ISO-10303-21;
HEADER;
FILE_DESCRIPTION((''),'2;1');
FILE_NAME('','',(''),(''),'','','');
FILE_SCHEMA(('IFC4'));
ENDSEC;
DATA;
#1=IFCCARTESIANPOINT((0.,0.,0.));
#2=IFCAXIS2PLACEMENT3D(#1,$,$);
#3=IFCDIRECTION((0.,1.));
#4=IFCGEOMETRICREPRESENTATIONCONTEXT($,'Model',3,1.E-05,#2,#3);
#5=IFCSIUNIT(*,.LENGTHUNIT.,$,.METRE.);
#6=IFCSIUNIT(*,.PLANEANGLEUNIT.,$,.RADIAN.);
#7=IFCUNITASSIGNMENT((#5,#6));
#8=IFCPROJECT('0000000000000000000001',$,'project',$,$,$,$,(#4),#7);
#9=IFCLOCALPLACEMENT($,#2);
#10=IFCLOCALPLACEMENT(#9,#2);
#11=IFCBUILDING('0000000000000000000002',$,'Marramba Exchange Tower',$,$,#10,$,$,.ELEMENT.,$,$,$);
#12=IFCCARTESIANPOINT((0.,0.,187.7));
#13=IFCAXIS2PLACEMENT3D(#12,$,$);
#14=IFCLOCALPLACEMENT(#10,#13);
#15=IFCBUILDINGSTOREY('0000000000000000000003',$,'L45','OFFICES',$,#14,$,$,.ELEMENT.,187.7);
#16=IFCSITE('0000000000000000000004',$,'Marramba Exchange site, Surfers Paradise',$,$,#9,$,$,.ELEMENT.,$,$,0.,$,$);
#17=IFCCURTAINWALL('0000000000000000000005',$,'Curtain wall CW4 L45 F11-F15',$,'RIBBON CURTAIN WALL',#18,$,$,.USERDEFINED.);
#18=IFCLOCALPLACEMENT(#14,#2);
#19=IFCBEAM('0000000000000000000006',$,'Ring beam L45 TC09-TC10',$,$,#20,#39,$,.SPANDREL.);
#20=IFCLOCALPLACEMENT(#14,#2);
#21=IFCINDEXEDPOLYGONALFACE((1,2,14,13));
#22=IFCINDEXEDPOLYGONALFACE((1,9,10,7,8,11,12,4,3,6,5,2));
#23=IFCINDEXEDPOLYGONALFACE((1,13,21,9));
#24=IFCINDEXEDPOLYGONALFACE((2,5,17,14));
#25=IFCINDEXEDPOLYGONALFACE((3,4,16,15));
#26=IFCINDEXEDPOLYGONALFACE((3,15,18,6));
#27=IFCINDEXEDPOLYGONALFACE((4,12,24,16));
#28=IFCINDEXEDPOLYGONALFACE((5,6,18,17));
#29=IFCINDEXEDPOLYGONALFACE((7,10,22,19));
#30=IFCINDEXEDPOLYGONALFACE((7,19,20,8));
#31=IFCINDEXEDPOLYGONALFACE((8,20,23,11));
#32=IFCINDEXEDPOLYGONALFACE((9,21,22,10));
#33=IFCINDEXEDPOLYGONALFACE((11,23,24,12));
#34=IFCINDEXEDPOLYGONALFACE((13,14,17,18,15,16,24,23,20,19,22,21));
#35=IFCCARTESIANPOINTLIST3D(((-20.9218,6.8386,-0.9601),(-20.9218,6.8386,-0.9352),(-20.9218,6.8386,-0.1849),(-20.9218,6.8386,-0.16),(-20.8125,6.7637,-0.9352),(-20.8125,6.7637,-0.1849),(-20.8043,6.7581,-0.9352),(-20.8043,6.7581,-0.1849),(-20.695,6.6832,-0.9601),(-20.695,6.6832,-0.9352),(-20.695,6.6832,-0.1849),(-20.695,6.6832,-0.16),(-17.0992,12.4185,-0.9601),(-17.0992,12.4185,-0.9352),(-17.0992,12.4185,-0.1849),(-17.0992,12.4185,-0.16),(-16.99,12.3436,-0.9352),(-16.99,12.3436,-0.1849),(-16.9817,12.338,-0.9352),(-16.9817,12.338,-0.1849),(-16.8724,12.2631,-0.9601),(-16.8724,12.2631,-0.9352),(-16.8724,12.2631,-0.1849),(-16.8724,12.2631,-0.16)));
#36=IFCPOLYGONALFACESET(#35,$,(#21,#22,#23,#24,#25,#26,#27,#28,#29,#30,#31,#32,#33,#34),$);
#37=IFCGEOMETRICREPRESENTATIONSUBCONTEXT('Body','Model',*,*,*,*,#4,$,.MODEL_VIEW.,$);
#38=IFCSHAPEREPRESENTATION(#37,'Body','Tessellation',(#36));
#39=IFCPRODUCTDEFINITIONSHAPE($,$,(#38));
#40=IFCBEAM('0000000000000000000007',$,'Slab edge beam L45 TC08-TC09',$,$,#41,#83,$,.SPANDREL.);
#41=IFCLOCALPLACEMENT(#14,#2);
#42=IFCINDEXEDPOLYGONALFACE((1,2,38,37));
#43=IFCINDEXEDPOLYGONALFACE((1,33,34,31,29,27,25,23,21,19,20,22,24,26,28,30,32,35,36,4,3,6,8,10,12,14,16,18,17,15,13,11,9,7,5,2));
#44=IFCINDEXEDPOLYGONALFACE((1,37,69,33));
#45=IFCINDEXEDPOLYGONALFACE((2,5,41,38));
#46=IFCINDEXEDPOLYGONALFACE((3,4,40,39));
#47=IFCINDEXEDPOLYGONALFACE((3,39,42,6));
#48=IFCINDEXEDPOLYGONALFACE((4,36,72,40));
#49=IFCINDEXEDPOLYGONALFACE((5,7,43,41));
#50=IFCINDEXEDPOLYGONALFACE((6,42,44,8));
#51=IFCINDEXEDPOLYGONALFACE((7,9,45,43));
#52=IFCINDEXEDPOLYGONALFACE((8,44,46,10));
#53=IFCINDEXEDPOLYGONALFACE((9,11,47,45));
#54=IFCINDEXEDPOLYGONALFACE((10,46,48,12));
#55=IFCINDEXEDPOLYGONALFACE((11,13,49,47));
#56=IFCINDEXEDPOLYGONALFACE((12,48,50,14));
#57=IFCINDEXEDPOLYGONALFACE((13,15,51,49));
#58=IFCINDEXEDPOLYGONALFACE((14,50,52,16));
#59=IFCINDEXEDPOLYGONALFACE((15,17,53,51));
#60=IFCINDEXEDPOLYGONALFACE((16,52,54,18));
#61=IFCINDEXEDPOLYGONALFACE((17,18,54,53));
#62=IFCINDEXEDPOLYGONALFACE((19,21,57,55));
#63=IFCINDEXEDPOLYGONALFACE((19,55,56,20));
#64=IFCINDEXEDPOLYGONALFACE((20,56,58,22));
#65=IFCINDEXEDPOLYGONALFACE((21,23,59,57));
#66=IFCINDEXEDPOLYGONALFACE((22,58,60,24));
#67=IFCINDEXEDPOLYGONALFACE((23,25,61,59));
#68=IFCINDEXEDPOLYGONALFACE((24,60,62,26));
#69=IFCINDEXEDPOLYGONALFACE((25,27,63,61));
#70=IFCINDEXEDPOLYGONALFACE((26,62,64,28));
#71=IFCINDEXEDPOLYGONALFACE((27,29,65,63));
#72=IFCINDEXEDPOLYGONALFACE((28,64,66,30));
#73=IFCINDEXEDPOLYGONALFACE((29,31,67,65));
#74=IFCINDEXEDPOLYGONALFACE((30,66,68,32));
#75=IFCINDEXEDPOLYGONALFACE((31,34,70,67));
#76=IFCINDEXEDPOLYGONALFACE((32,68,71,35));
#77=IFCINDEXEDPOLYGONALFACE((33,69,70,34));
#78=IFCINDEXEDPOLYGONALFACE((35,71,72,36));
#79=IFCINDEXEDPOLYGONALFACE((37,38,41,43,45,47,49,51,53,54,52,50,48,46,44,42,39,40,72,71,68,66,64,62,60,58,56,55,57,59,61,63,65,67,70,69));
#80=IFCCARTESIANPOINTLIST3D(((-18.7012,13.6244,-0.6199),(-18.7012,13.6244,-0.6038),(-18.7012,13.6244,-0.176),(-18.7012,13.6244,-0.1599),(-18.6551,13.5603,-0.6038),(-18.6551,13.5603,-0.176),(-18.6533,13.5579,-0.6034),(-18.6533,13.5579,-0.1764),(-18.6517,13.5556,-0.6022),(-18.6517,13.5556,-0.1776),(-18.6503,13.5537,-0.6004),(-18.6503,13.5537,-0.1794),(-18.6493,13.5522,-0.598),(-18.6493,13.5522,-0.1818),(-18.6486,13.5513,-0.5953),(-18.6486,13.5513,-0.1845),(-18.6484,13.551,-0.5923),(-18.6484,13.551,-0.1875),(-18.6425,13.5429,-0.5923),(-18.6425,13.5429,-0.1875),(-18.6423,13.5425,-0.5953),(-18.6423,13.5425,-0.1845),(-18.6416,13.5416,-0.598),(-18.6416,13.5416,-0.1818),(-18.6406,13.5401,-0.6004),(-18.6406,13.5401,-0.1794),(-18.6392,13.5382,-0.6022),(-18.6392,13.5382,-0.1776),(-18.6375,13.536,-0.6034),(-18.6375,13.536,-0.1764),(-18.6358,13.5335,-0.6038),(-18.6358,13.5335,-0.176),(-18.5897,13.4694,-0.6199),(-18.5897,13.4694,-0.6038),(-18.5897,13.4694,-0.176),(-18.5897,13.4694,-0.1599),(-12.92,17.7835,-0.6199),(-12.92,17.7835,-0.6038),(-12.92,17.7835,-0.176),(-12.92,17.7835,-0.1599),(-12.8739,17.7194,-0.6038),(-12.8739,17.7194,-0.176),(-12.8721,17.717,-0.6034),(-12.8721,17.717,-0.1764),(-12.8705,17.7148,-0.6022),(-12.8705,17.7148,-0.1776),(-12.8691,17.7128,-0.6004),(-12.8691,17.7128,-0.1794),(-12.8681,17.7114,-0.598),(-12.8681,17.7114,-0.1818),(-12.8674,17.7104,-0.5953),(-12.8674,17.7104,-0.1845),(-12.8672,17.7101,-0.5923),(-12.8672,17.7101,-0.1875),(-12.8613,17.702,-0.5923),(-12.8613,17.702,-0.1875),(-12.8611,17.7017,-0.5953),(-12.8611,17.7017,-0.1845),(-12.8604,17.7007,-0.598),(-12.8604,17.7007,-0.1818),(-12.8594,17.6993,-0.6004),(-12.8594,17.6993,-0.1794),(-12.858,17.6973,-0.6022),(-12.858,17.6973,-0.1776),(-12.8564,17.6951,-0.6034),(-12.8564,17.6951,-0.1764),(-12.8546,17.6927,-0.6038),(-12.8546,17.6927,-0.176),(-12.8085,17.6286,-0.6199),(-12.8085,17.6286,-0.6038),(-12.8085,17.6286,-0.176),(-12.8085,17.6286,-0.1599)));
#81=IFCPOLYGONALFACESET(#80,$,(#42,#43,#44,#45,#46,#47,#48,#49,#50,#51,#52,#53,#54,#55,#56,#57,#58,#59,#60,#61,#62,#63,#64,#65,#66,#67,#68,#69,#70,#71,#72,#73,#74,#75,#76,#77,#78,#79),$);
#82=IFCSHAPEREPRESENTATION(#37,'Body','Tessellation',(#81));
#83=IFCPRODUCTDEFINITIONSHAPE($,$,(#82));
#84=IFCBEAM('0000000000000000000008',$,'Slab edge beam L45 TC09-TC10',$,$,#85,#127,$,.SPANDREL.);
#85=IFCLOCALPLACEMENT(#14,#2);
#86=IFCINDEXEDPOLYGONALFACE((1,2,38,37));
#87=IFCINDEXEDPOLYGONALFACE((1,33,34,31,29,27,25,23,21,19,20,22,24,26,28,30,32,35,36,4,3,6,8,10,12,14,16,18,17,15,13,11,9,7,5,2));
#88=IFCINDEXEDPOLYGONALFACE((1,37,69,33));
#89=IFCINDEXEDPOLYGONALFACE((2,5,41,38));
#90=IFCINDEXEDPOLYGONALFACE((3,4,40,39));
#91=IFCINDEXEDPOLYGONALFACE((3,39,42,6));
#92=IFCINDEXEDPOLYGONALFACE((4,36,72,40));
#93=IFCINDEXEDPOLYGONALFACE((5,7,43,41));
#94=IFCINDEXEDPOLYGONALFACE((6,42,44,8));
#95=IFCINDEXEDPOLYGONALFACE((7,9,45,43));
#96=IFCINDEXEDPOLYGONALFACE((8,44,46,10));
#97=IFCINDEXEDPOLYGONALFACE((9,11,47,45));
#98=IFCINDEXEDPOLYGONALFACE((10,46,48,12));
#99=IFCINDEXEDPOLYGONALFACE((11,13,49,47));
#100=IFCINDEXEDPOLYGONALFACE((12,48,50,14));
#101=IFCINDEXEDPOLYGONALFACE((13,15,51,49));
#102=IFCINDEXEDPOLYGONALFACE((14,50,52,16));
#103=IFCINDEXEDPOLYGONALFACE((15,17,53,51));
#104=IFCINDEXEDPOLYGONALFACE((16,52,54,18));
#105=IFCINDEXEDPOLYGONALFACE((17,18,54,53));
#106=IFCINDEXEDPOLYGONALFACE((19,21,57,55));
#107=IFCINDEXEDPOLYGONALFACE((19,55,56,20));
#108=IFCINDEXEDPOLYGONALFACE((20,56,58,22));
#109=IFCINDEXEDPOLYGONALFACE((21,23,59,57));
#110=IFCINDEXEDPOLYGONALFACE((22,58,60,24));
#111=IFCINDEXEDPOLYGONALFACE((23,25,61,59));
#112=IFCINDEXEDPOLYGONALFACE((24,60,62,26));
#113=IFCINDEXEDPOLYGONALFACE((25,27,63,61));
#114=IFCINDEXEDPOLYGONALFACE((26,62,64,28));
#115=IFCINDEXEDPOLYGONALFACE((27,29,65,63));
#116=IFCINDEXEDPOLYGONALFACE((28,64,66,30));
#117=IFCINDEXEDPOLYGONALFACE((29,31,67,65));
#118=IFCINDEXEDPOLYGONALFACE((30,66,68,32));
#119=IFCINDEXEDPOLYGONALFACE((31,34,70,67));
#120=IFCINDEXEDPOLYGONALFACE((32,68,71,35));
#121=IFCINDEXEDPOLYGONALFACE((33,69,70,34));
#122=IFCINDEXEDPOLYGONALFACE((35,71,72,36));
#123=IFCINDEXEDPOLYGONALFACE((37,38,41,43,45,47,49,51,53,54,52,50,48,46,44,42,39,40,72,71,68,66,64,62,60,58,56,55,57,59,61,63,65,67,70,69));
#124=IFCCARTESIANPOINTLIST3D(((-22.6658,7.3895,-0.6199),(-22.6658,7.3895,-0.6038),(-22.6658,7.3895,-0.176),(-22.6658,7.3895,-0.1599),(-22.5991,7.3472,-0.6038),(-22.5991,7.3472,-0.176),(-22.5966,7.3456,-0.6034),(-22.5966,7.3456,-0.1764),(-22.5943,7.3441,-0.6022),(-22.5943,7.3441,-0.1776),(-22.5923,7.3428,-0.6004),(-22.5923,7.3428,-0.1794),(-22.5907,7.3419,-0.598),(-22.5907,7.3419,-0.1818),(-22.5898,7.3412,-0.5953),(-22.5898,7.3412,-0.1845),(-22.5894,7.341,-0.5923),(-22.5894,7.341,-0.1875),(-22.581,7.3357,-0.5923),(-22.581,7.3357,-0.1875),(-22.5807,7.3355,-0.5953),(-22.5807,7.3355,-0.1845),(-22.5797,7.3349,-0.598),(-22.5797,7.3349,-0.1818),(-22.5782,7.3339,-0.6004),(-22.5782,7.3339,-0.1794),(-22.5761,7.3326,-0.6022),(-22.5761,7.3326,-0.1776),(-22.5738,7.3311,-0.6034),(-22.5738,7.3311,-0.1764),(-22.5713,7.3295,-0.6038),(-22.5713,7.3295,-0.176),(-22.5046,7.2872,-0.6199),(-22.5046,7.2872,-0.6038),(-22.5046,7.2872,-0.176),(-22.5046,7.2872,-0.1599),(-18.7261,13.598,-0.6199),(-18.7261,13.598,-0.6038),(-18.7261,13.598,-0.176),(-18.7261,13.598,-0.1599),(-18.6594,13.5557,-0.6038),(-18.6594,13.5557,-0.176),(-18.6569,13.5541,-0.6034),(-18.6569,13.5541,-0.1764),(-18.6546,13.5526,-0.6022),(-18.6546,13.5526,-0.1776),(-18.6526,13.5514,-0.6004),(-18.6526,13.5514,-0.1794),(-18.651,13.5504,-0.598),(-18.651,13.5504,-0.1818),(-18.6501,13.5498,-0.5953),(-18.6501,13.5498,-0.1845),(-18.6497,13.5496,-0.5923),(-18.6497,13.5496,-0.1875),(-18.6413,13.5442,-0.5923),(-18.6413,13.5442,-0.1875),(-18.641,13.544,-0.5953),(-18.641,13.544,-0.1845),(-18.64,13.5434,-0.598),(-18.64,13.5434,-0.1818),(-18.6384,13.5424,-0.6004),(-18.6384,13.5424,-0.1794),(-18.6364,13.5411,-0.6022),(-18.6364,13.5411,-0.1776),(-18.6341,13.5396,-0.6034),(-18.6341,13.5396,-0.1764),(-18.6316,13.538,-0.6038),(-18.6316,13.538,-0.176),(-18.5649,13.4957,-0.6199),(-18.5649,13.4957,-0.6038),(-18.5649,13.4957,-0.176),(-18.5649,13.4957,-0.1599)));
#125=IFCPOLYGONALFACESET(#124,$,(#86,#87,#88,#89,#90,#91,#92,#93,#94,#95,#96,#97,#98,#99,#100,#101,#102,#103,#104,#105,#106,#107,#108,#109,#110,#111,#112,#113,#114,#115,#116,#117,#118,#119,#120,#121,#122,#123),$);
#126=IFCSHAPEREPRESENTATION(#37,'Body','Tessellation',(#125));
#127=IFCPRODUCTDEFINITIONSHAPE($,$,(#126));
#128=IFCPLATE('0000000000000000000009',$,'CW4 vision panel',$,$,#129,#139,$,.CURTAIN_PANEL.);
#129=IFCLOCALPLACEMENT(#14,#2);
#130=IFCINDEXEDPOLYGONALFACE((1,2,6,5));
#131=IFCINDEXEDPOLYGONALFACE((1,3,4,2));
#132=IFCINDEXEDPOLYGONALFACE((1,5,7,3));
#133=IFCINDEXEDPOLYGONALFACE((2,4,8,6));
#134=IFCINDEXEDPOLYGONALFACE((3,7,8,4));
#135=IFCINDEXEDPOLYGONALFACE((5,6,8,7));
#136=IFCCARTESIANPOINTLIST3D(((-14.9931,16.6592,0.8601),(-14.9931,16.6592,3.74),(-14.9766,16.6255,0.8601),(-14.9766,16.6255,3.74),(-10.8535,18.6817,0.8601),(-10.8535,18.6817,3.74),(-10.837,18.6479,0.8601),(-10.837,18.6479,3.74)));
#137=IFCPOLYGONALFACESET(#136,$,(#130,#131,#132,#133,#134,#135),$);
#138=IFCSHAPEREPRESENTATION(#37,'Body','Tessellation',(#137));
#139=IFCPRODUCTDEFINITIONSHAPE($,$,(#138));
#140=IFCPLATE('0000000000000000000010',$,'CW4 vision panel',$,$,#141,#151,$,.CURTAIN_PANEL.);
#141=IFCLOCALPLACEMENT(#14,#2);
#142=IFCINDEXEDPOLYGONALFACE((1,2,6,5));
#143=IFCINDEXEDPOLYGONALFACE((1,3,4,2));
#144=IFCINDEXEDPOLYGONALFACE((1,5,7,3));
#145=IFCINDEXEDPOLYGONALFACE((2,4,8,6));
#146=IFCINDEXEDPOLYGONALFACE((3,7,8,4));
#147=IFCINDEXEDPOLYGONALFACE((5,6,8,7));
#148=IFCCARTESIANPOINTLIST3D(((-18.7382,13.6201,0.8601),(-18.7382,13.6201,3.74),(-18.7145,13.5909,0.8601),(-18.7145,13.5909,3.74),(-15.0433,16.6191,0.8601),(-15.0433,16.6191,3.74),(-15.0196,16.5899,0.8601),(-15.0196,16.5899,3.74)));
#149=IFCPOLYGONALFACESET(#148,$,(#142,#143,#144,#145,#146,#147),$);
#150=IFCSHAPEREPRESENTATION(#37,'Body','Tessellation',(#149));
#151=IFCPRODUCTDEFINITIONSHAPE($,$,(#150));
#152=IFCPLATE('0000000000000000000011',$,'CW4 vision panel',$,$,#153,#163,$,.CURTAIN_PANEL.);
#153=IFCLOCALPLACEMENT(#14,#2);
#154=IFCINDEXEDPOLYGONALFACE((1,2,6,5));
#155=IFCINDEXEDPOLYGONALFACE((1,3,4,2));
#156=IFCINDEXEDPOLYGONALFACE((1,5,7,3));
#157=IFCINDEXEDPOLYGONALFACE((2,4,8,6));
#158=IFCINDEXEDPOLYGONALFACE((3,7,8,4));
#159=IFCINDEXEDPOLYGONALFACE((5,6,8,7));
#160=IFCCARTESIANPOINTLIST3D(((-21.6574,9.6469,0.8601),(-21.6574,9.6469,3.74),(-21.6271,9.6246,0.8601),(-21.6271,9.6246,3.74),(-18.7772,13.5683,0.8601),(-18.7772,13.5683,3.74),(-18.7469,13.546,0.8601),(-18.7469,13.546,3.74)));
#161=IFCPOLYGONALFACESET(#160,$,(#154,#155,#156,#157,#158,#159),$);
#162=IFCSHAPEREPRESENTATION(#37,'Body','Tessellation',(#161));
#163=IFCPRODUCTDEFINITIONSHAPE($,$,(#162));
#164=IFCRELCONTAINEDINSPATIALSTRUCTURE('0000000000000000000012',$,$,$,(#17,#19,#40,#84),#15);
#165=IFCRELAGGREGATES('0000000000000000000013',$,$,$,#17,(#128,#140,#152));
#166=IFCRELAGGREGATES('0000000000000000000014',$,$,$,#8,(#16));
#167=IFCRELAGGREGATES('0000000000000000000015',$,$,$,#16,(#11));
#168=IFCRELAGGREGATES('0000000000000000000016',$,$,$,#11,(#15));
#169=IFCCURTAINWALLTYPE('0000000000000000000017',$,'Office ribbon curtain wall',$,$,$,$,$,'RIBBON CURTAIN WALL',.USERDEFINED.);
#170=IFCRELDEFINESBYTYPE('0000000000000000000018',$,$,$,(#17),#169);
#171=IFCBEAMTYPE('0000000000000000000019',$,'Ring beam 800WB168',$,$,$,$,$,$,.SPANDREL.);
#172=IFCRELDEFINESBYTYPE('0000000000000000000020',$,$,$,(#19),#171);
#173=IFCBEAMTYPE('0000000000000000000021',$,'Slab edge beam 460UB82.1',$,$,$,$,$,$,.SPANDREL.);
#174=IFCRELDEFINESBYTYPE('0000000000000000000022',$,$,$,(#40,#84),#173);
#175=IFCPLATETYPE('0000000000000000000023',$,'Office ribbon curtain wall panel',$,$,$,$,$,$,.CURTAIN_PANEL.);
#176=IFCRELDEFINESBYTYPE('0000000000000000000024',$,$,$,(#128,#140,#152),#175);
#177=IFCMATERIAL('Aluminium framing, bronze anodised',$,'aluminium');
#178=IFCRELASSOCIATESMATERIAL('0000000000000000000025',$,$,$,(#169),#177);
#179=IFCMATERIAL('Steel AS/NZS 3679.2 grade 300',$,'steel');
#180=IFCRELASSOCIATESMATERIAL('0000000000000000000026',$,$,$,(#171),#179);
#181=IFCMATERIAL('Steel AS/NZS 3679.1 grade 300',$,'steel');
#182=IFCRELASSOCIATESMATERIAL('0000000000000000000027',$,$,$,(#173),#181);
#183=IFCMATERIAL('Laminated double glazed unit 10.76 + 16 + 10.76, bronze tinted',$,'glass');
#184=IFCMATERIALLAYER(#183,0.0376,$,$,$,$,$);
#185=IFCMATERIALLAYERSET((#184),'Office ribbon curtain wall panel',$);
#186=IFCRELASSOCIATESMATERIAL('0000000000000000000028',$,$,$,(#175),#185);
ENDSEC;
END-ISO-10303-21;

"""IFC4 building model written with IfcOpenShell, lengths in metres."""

from ifc_helpers import new_model, si_unit, direction, frame, origin, origin_2d, place, context, subcontext, project, spatial, rectangle, i_section, extrude, material, layer, layer_set, material_profile, profile_set, type_object, element, aggregate, save


model = new_model("IFC4")

# Units and contexts
model_context = context("Model", 3, precision=1e-05, world=origin(), true_north=direction((0.0, 1.0)))
body_context = subcontext(model_context, "Body", "Model", "MODEL_VIEW")
ifc_project = project(units=[si_unit("LENGTHUNIT", "METRE"), si_unit("PLANEANGLEUNIT", "RADIAN")], contexts=[model_context])

# Site, building, storey
site_placement = place(None, origin())
site = spatial("IfcSite", under=ifc_project, at=site_placement, Name="Marramba Exchange site, Surfers Paradise", CompositionType="ELEMENT", RefElevation=0.0)
building_placement = place(site_placement, origin())
building = spatial("IfcBuilding", under=site, at=building_placement, Name="Marramba Exchange Tower", CompositionType="ELEMENT")
storey_placement = place(building_placement, frame((0.0, 0.0, 187.7)))
storey = spatial("IfcBuildingStorey", under=building, at=storey_placement, Name="L45", Description="OFFICES", CompositionType="ELEMENT", Elevation=187.7)

# Shared definitions
ifc_material_1 = material(Name="Steel AS/NZS 3679.2 grade 300", Category="steel")
ifc_material_2 = material(Name="Steel AS/NZS 3679.1 grade 300", Category="steel")

# Curtain wall
ifc_material_3 = material(Name="Aluminium framing, bronze anodised", Category="aluminium")
curtain_wall_type = type_object("IfcCurtainWallType", Name="Office ribbon curtain wall", ElementType="RIBBON CURTAIN WALL", PredefinedType="USERDEFINED", material=ifc_material_3)
curtain_wall_placement = place(storey_placement, origin())
curtain_wall = element("IfcCurtainWall", 1, at=curtain_wall_placement, inside=storey, type_object=curtain_wall_type, Name="Curtain wall CW4 L45 F11-F15", ObjectType="RIBBON CURTAIN WALL", PredefinedType="USERDEFINED")

# Beams
ifc_material_profile_1 = material_profile(ifc_material_1, i_section(OverallWidth=0.2749, OverallDepth=0.8, WebThickness=0.01, FlangeThickness=0.0249, at=origin_2d()), Name="800WB168")
ifc_profile_set_1 = profile_set([ifc_material_profile_1], Name="Steel AS/NZS 3679.2 grade 300")
beam_type_1 = type_object("IfcBeamType", Name="Ring beam 800WB168", PredefinedType="SPANDREL", material=ifc_profile_set_1)
beam_1_placement = place(storey_placement, frame((-16.9858, 12.3408, -0.5601), z_axis=(-0.56516, -0.824981, 0.0), x_axis=(0.824981, -0.56516, 0.0)))
element("IfcBeam", 2, at=beam_1_placement, inside=storey, type_object=beam_type_1, Name="Ring beam L45 TC09-TC10", PredefinedType="SPANDREL", context=body_context, shape_type="SweptSolid", body=[
    extrude(i_section(OverallWidth=0.2749, OverallDepth=0.8, WebThickness=0.01, FlangeThickness=0.0249, at=origin_2d()), origin(), (0.0, 0.0, 1.0), 6.7637),
])
ifc_material_profile_2 = material_profile(ifc_material_2, i_section(OverallWidth=0.1909, OverallDepth=0.46, WebThickness=0.01, FlangeThickness=0.0161, FilletRadius=0.0115, at=origin_2d()), Name="460UB82.1")
ifc_profile_set_2 = profile_set([ifc_material_profile_2], Name="Steel AS/NZS 3679.1 grade 300")
beam_type_2 = type_object("IfcBeamType", Name="Slab edge beam 460UB82.1", PredefinedType="SPANDREL", material=ifc_profile_set_2)
beam_2_placement = place(storey_placement, frame((-12.8643, 17.7061, -0.3899), z_axis=(-0.811755, -0.583998, 0.0), x_axis=(0.583998, -0.811755, 0.0)))
element("IfcBeam", 3, at=beam_2_placement, inside=storey, type_object=beam_type_2, Name="Slab edge beam L45 TC08-TC09", PredefinedType="SPANDREL", context=body_context, shape_type="SweptSolid", body=[
    extrude(i_section(OverallWidth=0.1909, OverallDepth=0.46, WebThickness=0.01, FlangeThickness=0.0161, FilletRadius=0.0115, at=origin_2d()), origin(), (0.0, 0.0, 1.0), 7.1218),
])
beam_3_placement = place(storey_placement, frame((-18.6455, 13.5469, -0.3899), z_axis=(-0.535794, -0.844348, 0.0), x_axis=(0.844348, -0.535794, 0.0)))
element("IfcBeam", 4, at=beam_3_placement, inside=storey, type_object=beam_type_2, Name="Slab edge beam L45 TC09-TC10", PredefinedType="SPANDREL", context=body_context, shape_type="SweptSolid", body=[
    extrude(i_section(OverallWidth=0.1909, OverallDepth=0.46, WebThickness=0.01, FlangeThickness=0.0161, FilletRadius=0.0115, at=origin_2d()), origin(), (0.0, 0.0, 1.0), 7.353),
])

# Plates
ifc_material_4 = material(Name="Laminated double glazed unit 10.76 + 16 + 10.76, bronze tinted", Category="glass")
ifc_layer_1 = layer(ifc_material_4, 0.0376)
ifc_layer_set_1 = layer_set([ifc_layer_1], Name="Office ribbon curtain wall panel")
plate_type = type_object("IfcPlateType", Name="Office ribbon curtain wall panel", PredefinedType="CURTAIN_PANEL", material=ifc_layer_set_1)
plate_1_placement = place(storey_placement, frame((-12.915, 17.6536, 0.8601), z_axis=(0.0, 0.0, 1.0), x_axis=(-0.898501, -0.438972, 0.0)))
plate_1 = element("IfcPlate", 5, at=plate_1_placement, type_object=plate_type, Name="CW4 vision panel", PredefinedType="CURTAIN_PANEL", context=body_context, shape_type="SweptSolid", body=[
    extrude(rectangle(XDim=4.6072, YDim=0.0376, at=origin_2d()), origin(), (0.0, 0.0, 1.0), 2.8799),
])
plate_2_placement = place(storey_placement, frame((-16.8789, 15.105, 0.8601), z_axis=(0.0, 0.0, 1.0), x_axis=(-0.776432, -0.630201, 0.0)))
plate_2 = element("IfcPlate", 6, at=plate_2_placement, type_object=plate_type, Name="CW4 vision panel", PredefinedType="CURTAIN_PANEL", context=body_context, shape_type="SweptSolid", body=[
    extrude(rectangle(XDim=4.7588, YDim=0.0376, at=origin_2d()), origin(), (0.0, 0.0, 1.0), 2.8799),
])
plate_3_placement = place(storey_placement, frame((-20.2021, 11.5964, 0.8601), z_axis=(0.0, 0.0, 1.0), x_axis=(-0.591963, -0.805965, 0.0)))
plate_3 = element("IfcPlate", 7, at=plate_3_placement, type_object=plate_type, Name="CW4 vision panel", PredefinedType="CURTAIN_PANEL", context=body_context, shape_type="SweptSolid", body=[
    extrude(rectangle(XDim=4.8655, YDim=0.0376, at=origin_2d()), origin(), (0.0, 0.0, 1.0), 2.8799),
])
aggregate(curtain_wall, [plate_1, plate_2, plate_3])

save(model, "model.ifc")
